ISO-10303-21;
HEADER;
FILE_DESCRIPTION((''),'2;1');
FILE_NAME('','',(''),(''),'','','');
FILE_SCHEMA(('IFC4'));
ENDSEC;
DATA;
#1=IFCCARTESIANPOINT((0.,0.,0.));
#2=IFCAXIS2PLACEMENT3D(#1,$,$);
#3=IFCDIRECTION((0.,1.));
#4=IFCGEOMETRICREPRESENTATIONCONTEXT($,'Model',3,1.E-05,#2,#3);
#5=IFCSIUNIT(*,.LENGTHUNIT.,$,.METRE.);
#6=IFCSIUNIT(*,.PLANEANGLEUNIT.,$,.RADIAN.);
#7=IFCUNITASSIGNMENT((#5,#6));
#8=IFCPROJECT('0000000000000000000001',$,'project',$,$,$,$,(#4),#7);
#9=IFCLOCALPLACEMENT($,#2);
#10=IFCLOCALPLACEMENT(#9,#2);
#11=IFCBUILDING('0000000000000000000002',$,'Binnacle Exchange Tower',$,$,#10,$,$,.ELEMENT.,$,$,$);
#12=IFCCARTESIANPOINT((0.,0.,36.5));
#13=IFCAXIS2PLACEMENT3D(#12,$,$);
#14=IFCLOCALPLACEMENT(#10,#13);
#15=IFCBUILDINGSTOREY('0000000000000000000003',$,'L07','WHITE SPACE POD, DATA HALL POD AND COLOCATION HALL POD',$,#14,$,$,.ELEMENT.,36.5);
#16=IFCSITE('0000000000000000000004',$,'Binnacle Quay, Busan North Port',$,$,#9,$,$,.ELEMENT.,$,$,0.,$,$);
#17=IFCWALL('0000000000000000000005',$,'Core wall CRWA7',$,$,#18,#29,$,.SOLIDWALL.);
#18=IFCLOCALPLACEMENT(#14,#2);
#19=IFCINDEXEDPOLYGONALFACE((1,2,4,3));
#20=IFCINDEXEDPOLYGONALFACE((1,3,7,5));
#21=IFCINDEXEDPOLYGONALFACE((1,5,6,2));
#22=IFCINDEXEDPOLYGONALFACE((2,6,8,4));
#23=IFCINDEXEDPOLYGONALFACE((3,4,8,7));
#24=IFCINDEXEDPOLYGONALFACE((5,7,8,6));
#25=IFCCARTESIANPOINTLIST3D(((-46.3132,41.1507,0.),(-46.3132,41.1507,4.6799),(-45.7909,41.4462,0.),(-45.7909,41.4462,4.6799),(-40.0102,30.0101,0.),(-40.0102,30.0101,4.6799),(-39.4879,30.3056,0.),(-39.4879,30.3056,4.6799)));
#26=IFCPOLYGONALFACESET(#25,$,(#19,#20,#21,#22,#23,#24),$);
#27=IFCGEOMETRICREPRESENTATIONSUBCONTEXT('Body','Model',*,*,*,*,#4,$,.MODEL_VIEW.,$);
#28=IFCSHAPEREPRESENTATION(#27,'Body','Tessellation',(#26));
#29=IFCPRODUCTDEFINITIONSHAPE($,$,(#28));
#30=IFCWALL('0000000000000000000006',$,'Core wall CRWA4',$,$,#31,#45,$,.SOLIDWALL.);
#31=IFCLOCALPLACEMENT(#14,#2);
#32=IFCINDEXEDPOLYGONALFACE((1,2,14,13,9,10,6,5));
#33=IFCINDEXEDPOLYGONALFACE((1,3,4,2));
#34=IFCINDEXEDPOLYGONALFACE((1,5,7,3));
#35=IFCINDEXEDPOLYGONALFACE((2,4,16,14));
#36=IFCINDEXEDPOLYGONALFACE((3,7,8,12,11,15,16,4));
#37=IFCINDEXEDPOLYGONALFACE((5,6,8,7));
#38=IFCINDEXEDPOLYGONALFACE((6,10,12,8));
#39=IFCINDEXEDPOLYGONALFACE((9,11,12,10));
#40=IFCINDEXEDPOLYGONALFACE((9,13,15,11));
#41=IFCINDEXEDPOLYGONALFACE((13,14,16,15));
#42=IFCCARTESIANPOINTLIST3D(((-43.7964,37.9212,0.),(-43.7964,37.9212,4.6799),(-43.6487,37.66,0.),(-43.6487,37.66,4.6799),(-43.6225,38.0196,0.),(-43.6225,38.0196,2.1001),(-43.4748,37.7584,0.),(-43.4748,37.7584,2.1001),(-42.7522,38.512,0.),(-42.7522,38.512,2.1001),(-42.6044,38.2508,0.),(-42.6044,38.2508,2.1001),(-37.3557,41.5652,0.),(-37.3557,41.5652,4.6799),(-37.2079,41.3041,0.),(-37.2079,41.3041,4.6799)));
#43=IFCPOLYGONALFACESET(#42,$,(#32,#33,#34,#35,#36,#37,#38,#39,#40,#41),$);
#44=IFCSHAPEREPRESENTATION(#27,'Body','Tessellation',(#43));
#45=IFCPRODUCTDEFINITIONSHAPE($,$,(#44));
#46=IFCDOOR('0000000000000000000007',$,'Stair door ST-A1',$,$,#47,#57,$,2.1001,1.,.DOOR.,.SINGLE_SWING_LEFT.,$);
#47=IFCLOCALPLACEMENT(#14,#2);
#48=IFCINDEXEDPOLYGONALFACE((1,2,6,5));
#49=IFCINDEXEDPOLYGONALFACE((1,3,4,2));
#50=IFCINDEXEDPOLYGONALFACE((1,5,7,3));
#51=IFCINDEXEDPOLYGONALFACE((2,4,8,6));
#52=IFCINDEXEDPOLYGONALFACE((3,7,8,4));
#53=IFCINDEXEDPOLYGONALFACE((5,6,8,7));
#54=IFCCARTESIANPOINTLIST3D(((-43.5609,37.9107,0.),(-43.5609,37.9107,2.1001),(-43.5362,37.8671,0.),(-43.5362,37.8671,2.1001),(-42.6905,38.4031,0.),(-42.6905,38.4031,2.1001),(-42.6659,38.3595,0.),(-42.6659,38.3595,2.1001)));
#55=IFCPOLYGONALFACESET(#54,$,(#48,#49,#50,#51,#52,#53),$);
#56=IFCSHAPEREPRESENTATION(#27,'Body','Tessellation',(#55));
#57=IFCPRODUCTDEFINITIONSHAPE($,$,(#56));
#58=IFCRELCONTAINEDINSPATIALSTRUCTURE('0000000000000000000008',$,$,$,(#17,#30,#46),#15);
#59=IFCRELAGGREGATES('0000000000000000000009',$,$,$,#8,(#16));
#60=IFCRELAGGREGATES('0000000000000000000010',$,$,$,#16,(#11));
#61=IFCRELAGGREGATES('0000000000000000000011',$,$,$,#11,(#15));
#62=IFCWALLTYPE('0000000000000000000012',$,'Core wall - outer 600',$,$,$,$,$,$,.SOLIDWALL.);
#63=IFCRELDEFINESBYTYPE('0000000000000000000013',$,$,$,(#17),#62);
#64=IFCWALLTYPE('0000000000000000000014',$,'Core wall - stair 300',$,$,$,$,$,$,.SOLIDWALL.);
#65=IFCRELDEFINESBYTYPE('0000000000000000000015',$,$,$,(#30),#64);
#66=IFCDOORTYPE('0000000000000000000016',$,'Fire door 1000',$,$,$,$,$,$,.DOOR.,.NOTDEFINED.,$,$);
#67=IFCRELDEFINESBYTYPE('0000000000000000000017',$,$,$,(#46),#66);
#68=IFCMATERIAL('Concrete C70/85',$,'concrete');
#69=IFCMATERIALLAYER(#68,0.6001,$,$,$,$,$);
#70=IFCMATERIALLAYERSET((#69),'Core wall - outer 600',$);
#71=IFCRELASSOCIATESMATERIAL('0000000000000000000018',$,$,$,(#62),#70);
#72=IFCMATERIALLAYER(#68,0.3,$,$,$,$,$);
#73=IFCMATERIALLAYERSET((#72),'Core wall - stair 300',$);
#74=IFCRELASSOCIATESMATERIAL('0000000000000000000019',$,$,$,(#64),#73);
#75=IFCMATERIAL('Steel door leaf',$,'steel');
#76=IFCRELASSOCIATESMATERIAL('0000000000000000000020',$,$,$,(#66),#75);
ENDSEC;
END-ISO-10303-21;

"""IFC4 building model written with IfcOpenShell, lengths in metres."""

from ifc_helpers import new_model, si_unit, direction, frame, frame_2d, origin, place, context, subcontext, project, spatial, rectangle, extrude, material, layer, layer_set, type_object, element, fill, save


model = new_model("IFC4")

# Units and contexts
model_context = context("Model", 3, precision=1e-05, world=origin(), true_north=direction((0.0, 1.0)))
body_context = subcontext(model_context, "Body", "Model", "MODEL_VIEW")
ifc_project = project(units=[si_unit("LENGTHUNIT", "METRE"), si_unit("PLANEANGLEUNIT", "RADIAN")], contexts=[model_context])

# Site, building, storey
site_placement = place(None, origin())
site = spatial("IfcSite", under=ifc_project, at=site_placement, Name="Binnacle Quay, Busan North Port", CompositionType="ELEMENT", RefElevation=0.0)
building_placement = place(site_placement, origin())
building = spatial("IfcBuilding", under=site, at=building_placement, Name="Binnacle Exchange Tower", CompositionType="ELEMENT")
storey_placement = place(building_placement, frame((0.0, 0.0, 36.5)))
storey = spatial("IfcBuildingStorey", under=building, at=storey_placement, Name="L07", Description="WHITE SPACE POD, DATA HALL POD AND COLOCATION HALL POD", CompositionType="ELEMENT", Elevation=36.5)

# Shared definitions
ifc_material_1 = material(Name="Concrete C70/85", Category="concrete")

# Wall
ifc_layer_1 = layer(ifc_material_1, 0.6001)
ifc_layer_set_1 = layer_set([ifc_layer_1], Name="Core wall - outer 600")
wall_type_1 = type_object("IfcWallType", Name="Core wall - outer 600", PredefinedType="SOLIDWALL", material=ifc_layer_set_1)
wall_1_placement = place(storey_placement, frame((-46.052, 41.2983, 0.0), z_axis=(0.0, 0.0, 1.0), x_axis=(0.492419, -0.870359, 0.0)))
element("IfcWall", 1, at=wall_1_placement, inside=storey, type_object=wall_type_1, Name="Core wall CRWA7", PredefinedType="SOLIDWALL", context=body_context, shape_type="SweptSolid", body=[
    extrude(rectangle(XDim=12.8, YDim=0.6001, at=frame_2d((6.3999, 0.0))), origin(), (0.0, 0.0, 1.0), 4.6799),
])

# Wall, opening, door
ifc_layer_2 = layer(ifc_material_1, 0.3)
ifc_layer_set_2 = layer_set([ifc_layer_2], Name="Core wall - stair 300")
wall_type_2 = type_object("IfcWallType", Name="Core wall - stair 300", PredefinedType="SOLIDWALL", material=ifc_layer_set_2)
wall_2_placement = place(storey_placement, frame((-43.7227, 37.7905, 0.0), z_axis=(0.0, 0.0, 1.0), x_axis=(0.870351, 0.492432, 0.0)))
wall_2 = element("IfcWall", 2, at=wall_2_placement, inside=storey, type_object=wall_type_2, Name="Core wall CRWA4", PredefinedType="SOLIDWALL", context=body_context, shape_type="SweptSolid", body=[
    extrude(rectangle(XDim=7.4001, YDim=0.3, at=frame_2d((3.7002, 0.0))), origin(), (0.0, 0.0, 1.0), 4.6799),
])
opening_1_placement = place(wall_2_placement, frame((0.2, 0.0, 0.0)))
opening_1 = element("IfcOpeningElement", 3, at=opening_1_placement, cuts=wall_2, PredefinedType="OPENING", context=body_context, shape_type="SweptSolid", body=[
    extrude(rectangle(XDim=1.0, YDim=2.1001, at=frame_2d((0.5, 1.05))), frame((0.0, 0.1599, 0.0), z_axis=(0.0, -1.0, 0.0), x_axis=(1.0, 0.0, 0.0)), (0.0, 0.0, 1.0), 0.3201),
])
ifc_material_2 = material(Name="Steel door leaf", Category="steel")
door_type = type_object("IfcDoorType", Name="Fire door 1000", OperationType="NOTDEFINED", PredefinedType="DOOR", material=ifc_material_2)
door_placement = place(opening_1_placement, origin())
door = element("IfcDoor", 4, at=door_placement, inside=storey, type_object=door_type, Name="Stair door ST-A1", OperationType="SINGLE_SWING_LEFT", OverallHeight=2.1001, OverallWidth=1.0, PredefinedType="DOOR", context=body_context, shape_type="SweptSolid", body=[
    extrude(rectangle(XDim=1.0, YDim=2.1001, at=frame_2d((0.5, 1.05))), frame((0.0, 0.0249, 0.0), z_axis=(0.0, -1.0, 0.0), x_axis=(1.0, 0.0, 0.0)), (0.0, 0.0, 1.0), 0.05),
])
fill(opening_1, door)

save(model, "model.ifc")
